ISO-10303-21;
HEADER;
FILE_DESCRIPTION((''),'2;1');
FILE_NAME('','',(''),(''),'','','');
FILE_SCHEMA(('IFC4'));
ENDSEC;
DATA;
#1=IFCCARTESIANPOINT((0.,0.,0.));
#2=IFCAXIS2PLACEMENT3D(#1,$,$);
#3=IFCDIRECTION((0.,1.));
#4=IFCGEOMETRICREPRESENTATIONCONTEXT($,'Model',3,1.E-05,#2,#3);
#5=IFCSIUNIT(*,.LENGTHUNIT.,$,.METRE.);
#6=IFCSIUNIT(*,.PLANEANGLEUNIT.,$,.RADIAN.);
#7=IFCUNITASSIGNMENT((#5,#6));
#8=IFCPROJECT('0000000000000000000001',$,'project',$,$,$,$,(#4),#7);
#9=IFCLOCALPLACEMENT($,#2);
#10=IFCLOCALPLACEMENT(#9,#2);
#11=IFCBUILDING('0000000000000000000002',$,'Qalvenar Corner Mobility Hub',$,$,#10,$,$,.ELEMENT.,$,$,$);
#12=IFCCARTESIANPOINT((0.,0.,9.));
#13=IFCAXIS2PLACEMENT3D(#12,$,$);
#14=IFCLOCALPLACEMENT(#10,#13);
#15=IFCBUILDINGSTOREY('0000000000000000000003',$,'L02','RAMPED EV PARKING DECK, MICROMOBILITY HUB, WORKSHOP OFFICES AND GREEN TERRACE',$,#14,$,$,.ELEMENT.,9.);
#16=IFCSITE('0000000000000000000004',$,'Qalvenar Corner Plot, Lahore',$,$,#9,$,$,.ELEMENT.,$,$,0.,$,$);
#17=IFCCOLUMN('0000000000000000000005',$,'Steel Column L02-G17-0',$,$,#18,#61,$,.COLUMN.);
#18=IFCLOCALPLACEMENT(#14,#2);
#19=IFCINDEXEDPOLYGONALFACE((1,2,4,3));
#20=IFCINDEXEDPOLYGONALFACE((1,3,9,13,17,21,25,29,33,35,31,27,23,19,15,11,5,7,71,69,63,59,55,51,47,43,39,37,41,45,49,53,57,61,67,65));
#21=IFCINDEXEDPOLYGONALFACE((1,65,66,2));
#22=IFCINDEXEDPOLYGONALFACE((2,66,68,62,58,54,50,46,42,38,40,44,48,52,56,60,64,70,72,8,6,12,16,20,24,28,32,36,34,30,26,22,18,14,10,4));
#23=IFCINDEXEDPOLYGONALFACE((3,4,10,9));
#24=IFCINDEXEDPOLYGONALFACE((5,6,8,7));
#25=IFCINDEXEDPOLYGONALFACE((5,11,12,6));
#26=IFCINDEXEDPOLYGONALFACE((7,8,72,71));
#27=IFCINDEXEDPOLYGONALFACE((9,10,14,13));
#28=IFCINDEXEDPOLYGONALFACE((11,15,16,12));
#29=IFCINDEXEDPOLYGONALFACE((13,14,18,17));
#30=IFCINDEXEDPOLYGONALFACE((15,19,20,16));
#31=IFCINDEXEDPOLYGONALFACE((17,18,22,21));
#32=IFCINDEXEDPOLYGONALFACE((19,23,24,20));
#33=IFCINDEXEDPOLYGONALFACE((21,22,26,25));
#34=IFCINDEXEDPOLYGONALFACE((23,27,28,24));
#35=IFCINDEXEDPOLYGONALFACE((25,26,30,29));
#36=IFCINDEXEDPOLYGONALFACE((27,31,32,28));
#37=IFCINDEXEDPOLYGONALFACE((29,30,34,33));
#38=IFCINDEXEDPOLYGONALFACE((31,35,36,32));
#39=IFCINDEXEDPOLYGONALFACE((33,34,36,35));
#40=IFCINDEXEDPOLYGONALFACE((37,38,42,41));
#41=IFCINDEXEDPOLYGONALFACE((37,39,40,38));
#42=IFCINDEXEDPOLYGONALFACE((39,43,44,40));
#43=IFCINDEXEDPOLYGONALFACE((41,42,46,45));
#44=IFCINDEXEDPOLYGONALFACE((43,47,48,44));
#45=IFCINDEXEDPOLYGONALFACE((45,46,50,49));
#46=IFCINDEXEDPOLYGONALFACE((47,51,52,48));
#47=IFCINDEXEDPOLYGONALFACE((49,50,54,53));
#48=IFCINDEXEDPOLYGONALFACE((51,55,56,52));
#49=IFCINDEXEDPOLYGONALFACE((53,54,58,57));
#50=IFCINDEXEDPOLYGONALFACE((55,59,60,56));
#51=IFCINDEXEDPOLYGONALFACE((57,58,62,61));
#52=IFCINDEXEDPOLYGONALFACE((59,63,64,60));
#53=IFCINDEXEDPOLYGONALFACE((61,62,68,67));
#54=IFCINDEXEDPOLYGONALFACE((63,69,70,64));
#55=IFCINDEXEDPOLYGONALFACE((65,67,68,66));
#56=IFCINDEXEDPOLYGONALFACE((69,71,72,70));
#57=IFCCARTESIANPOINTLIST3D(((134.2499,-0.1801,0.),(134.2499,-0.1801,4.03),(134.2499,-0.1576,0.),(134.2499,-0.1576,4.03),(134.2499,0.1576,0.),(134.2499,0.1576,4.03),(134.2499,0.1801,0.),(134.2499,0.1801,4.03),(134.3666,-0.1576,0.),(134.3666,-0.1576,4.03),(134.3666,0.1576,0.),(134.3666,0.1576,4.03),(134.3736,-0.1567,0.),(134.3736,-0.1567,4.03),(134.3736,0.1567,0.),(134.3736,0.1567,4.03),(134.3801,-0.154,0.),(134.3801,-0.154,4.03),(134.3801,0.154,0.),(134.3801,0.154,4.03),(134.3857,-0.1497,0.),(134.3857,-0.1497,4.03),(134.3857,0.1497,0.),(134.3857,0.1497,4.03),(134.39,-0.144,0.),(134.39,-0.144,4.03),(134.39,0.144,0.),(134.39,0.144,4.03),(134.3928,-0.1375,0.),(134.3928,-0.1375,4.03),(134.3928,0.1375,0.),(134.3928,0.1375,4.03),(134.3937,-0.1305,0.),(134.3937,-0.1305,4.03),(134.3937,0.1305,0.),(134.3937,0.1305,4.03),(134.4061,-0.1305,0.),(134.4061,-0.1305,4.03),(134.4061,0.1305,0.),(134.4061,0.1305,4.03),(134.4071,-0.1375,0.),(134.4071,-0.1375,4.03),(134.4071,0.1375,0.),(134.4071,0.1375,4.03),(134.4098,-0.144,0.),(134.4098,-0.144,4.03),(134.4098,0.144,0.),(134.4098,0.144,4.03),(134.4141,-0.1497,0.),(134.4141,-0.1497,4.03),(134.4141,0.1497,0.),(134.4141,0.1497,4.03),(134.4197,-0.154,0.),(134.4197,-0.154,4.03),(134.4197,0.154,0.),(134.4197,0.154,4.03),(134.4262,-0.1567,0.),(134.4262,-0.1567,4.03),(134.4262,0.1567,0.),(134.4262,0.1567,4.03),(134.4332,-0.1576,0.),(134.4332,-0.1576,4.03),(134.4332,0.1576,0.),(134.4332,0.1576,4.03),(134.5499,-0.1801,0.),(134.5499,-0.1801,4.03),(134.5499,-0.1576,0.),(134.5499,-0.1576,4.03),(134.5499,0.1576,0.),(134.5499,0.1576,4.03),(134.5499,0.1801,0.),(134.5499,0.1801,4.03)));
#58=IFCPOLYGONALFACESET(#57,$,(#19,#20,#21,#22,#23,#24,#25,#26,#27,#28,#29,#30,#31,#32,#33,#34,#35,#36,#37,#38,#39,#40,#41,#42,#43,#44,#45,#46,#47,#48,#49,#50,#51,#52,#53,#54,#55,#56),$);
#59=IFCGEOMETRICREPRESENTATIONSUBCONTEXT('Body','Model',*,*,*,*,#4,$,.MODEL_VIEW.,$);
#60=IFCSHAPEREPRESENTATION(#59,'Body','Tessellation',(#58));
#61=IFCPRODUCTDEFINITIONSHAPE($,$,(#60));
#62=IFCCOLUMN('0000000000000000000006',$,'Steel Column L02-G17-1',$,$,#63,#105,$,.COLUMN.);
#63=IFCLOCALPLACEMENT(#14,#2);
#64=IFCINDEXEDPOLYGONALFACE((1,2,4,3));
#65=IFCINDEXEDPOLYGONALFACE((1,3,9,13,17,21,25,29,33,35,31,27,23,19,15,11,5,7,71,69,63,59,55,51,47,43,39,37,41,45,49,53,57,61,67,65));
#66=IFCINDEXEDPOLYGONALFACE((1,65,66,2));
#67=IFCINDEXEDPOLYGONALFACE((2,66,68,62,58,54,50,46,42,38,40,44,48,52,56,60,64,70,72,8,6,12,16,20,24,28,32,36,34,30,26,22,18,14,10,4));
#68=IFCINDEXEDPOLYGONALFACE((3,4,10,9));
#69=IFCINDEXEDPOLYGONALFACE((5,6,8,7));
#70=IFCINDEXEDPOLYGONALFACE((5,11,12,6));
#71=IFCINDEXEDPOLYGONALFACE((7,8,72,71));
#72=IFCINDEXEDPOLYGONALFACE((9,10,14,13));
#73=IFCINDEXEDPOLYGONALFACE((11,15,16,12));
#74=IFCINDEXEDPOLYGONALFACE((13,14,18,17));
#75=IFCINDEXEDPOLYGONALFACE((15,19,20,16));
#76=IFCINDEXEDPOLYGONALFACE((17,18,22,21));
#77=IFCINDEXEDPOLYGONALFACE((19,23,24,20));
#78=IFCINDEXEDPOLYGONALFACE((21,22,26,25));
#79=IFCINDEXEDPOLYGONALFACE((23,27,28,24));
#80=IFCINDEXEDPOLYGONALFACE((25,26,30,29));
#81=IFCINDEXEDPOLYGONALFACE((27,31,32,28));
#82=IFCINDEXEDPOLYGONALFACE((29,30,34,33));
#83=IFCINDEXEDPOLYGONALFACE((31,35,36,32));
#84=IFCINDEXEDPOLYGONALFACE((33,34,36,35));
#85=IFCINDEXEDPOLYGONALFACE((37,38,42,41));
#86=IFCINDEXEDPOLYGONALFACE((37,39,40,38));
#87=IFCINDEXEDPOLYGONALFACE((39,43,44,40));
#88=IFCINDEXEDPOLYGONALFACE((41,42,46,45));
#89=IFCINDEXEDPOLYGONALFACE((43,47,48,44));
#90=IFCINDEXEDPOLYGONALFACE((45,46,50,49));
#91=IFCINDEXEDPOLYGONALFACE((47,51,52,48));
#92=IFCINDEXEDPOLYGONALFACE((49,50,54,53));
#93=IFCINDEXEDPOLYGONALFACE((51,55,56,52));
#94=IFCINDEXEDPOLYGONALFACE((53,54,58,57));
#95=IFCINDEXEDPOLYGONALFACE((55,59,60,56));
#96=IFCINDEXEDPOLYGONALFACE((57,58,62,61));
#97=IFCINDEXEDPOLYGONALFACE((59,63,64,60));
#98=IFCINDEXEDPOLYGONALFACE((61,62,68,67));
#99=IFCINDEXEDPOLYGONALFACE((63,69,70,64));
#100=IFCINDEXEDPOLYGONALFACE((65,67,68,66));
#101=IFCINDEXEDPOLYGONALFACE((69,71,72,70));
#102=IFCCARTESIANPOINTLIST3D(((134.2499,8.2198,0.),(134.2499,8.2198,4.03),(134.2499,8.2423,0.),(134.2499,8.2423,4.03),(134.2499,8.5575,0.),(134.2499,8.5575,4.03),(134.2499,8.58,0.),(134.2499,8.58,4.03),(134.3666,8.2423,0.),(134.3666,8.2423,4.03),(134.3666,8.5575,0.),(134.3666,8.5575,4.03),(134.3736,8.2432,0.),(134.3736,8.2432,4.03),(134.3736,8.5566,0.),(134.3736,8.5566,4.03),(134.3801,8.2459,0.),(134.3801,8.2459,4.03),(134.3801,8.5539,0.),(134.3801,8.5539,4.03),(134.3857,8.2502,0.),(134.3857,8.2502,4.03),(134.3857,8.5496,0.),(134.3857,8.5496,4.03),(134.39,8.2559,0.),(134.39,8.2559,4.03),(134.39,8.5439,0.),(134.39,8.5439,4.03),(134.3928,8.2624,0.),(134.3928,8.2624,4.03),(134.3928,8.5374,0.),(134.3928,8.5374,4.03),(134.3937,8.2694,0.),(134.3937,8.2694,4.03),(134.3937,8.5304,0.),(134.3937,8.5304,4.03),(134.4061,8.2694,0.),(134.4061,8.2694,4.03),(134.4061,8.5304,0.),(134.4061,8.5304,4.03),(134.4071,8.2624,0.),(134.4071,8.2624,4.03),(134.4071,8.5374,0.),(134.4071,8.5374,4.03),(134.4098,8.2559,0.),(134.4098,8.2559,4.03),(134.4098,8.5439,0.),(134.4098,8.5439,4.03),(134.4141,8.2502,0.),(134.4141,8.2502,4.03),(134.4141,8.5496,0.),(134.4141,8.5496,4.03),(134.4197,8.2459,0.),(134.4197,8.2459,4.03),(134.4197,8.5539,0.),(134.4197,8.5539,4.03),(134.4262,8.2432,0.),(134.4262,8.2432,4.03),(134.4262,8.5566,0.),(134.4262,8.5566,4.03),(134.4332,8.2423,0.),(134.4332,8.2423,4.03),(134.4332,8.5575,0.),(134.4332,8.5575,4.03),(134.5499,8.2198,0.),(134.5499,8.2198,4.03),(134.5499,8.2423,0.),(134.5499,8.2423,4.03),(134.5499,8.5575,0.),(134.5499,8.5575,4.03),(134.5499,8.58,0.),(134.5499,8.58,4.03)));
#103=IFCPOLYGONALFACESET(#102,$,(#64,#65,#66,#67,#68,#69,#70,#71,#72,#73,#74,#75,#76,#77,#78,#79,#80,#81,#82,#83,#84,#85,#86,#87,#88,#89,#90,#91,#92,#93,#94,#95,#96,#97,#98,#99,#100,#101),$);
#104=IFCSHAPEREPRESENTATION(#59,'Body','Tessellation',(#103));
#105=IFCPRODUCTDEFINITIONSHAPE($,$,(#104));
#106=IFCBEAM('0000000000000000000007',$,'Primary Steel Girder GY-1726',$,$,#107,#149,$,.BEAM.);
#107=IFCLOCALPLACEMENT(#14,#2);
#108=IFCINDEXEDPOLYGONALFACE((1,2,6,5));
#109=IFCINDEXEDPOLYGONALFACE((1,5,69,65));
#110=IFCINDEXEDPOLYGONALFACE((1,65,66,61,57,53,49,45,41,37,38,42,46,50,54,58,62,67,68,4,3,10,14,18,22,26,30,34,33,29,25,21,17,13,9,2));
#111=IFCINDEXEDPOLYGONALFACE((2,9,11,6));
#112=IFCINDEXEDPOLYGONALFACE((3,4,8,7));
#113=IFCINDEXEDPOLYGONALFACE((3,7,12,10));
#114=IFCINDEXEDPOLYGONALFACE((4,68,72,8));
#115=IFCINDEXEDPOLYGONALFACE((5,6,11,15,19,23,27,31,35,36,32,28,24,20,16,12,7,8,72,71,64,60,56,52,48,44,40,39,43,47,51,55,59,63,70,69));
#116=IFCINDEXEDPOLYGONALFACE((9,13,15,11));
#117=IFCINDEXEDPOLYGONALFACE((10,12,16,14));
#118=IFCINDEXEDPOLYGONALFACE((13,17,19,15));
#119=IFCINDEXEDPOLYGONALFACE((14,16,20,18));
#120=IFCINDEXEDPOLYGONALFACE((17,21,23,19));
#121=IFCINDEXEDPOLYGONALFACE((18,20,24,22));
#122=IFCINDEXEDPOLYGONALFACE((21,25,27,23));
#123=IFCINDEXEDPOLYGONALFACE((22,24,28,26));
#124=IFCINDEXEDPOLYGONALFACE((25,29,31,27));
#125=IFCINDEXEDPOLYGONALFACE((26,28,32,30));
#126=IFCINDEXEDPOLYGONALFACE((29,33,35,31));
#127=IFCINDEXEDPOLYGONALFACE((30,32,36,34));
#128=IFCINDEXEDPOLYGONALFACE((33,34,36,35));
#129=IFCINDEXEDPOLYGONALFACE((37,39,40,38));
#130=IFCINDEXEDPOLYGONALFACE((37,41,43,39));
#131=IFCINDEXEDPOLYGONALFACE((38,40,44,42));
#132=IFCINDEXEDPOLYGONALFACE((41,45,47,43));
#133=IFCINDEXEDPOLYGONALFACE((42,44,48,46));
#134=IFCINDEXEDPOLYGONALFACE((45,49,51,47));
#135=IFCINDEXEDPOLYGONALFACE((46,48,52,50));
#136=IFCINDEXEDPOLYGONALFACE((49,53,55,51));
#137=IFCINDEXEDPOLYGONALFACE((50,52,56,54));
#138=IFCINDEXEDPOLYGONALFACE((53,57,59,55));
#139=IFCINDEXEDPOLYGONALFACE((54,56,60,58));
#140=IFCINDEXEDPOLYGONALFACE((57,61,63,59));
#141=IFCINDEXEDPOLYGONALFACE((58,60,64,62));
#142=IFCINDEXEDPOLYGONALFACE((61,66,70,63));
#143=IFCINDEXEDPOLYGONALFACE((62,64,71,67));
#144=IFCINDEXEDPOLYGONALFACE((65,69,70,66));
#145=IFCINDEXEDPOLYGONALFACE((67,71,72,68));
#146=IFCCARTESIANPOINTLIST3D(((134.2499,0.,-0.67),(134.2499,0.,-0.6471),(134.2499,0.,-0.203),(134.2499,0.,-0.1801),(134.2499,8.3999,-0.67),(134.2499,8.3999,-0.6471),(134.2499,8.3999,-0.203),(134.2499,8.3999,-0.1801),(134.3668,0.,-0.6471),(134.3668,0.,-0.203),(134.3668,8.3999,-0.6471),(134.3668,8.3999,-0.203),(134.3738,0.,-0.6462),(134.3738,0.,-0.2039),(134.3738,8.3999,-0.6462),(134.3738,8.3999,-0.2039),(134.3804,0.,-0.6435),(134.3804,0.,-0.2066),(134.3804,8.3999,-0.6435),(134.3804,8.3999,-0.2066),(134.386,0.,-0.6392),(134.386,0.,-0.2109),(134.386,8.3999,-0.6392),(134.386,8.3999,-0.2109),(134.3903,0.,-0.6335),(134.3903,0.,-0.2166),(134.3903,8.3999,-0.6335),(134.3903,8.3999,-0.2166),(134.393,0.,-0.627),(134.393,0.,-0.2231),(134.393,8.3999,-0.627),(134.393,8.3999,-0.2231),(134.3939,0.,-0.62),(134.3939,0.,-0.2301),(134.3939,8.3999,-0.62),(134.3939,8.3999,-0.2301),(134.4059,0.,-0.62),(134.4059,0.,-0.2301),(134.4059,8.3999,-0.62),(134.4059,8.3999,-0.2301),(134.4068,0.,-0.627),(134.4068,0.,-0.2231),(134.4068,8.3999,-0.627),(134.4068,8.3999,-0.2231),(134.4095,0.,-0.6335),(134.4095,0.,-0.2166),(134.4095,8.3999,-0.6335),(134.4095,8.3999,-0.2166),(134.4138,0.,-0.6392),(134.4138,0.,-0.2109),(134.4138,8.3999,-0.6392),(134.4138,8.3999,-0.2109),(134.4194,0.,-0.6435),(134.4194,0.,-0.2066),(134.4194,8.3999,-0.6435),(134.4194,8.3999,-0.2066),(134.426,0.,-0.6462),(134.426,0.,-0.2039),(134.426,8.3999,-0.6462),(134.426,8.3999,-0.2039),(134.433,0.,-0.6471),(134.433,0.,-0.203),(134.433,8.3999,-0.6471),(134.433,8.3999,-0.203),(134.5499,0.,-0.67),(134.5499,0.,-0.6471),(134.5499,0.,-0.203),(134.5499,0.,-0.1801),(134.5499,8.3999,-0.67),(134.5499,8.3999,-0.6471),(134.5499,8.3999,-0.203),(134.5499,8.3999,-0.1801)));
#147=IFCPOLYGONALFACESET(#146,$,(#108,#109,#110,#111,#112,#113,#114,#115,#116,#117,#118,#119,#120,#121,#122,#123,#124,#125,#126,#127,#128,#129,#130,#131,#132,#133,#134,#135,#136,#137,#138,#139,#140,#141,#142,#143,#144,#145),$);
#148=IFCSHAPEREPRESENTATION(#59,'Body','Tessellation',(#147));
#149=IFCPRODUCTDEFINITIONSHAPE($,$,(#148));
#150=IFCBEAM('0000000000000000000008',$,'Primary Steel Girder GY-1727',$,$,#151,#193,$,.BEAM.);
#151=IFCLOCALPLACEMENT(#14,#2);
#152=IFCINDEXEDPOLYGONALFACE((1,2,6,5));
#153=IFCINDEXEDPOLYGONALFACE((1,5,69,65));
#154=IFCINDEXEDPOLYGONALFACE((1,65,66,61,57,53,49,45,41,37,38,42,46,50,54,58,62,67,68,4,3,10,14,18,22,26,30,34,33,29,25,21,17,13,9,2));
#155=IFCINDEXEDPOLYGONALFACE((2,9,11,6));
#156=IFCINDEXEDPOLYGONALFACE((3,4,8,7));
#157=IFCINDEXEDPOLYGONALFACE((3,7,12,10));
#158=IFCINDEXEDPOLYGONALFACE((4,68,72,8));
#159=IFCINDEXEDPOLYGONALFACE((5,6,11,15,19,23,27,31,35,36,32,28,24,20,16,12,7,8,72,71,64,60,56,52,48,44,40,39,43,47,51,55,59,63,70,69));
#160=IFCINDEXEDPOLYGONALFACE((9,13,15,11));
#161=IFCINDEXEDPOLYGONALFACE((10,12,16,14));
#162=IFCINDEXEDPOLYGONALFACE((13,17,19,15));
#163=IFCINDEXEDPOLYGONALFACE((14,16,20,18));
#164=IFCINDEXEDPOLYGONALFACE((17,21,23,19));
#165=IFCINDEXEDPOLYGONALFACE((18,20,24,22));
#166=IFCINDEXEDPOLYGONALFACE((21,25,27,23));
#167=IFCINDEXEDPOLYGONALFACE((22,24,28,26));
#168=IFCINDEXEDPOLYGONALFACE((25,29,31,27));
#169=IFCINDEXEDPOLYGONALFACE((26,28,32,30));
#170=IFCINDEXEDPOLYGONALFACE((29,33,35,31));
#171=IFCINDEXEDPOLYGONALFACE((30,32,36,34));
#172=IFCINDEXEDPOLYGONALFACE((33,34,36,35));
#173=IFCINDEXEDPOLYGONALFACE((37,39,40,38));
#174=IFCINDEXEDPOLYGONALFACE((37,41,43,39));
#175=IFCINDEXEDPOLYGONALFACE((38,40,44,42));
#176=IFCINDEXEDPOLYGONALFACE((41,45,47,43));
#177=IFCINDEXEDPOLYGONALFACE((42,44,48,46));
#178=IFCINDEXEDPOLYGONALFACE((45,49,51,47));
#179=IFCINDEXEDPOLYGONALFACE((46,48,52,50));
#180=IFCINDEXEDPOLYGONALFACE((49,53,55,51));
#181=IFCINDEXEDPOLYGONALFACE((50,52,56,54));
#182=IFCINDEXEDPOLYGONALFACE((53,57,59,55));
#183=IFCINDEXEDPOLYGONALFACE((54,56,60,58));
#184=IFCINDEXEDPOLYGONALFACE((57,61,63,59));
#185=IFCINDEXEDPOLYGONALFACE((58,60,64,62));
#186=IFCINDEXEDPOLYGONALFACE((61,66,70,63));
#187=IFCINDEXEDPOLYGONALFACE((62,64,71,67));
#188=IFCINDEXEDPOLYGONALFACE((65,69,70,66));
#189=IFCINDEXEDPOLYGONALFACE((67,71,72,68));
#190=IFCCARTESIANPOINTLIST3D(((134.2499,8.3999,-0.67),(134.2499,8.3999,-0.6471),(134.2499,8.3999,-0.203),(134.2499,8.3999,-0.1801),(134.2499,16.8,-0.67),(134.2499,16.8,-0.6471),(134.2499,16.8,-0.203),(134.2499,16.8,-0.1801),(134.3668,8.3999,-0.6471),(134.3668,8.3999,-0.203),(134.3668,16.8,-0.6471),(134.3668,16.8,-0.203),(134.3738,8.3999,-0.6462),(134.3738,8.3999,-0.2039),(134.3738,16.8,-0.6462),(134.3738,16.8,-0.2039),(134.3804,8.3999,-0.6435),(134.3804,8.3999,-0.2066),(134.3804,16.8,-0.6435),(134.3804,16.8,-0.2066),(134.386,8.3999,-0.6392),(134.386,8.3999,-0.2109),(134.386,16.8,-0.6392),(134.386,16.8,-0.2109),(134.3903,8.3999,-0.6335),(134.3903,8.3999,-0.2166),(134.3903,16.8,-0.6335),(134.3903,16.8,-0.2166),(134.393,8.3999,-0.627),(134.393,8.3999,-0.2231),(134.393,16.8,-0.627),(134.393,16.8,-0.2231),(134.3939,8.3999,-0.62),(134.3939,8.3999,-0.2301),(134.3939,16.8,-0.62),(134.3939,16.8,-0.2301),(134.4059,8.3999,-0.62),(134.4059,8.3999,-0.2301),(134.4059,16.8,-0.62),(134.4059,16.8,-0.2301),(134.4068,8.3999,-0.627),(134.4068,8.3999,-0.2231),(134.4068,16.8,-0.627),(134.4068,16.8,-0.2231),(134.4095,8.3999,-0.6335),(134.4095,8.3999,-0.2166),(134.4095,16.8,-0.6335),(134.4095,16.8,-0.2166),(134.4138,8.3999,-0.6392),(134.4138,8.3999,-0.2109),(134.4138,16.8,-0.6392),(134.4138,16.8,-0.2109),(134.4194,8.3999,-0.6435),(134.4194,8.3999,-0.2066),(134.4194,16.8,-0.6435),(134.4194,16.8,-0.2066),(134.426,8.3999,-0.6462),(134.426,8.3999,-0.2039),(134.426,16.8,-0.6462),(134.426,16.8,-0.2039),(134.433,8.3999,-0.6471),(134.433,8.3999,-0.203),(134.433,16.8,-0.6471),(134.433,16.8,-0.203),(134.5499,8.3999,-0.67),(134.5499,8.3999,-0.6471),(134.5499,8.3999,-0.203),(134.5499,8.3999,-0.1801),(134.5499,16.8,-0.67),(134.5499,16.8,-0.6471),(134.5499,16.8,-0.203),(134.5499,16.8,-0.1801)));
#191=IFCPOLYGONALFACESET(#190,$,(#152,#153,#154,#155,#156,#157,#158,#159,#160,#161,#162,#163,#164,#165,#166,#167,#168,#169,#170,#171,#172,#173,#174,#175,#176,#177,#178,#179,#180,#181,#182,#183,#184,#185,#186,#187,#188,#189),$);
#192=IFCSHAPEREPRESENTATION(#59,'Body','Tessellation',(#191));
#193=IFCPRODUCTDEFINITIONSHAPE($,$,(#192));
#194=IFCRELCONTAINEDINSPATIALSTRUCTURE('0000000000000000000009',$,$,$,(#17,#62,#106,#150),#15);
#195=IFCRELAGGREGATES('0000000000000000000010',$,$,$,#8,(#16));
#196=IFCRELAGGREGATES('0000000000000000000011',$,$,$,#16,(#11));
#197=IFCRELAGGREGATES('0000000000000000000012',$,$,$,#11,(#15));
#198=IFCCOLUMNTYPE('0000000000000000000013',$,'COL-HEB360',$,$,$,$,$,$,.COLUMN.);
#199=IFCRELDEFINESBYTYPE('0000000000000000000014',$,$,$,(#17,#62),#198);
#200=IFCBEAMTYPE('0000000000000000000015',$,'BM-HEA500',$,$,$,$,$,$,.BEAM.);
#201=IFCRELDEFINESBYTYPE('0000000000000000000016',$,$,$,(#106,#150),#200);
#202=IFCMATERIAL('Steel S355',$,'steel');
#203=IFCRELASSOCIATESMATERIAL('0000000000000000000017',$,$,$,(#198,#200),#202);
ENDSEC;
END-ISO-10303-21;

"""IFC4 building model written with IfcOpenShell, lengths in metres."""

from ifc_helpers import new_model, si_unit, direction, frame, origin, origin_2d, place, context, subcontext, project, spatial, i_section, extrude, material, material_profile, profile_set, type_object, element, save


model = new_model("IFC4")

# Units and contexts
model_context = context("Model", 3, precision=1e-05, world=origin(), true_north=direction((0.0, 1.0)))
body_context = subcontext(model_context, "Body", "Model", "MODEL_VIEW")
ifc_project = project(units=[si_unit("LENGTHUNIT", "METRE"), si_unit("PLANEANGLEUNIT", "RADIAN")], contexts=[model_context])

# Site, building, storey
site_placement = place(None, origin())
site = spatial("IfcSite", under=ifc_project, at=site_placement, Name="Qalvenar Corner Plot, Lahore", CompositionType="ELEMENT", RefElevation=0.0)
building_placement = place(site_placement, origin())
building = spatial("IfcBuilding", under=site, at=building_placement, Name="Qalvenar Corner Mobility Hub", CompositionType="ELEMENT")
storey_placement = place(building_placement, frame((0.0, 0.0, 9.0)))
storey = spatial("IfcBuildingStorey", under=building, at=storey_placement, Name="L02", Description="RAMPED EV PARKING DECK, MICROMOBILITY HUB, WORKSHOP OFFICES AND GREEN TERRACE", CompositionType="ELEMENT", Elevation=9.0)

# Columns
ifc_material_1 = material(Name="Steel S355", Category="steel")
ifc_material_profile_1 = material_profile(ifc_material_1, i_section(OverallWidth=0.3, OverallDepth=0.3601, WebThickness=0.0125, FlangeThickness=0.0225, FilletRadius=0.0271, at=origin_2d()), Name="HEB360")
ifc_profile_set_1 = profile_set([ifc_material_profile_1], Name="Steel S355")
column_type = type_object("IfcColumnType", Name="COL-HEB360", PredefinedType="COLUMN", material=ifc_profile_set_1)
for number, where, z_axis, x_axis, name in (
    (1, (134.3999, 0.0, 0.0), (0.0, 0.0, 1.0), (1.0, 0.0, 0.0), "Steel Column L02-G17-0"),
    (2, (134.3999, 8.3999, 0.0), (0.0, 0.0, 1.0), (1.0, 0.0, 0.0), "Steel Column L02-G17-1"),
):
    element("IfcColumn", number, at=place(storey_placement, frame(where, z_axis=z_axis, x_axis=x_axis)), inside=storey, type_object=column_type, Name=name, PredefinedType="COLUMN", context=body_context, shape_type="SweptSolid", body=[
        extrude(i_section(OverallWidth=0.3, OverallDepth=0.3601, WebThickness=0.0125, FlangeThickness=0.0225, FilletRadius=0.0271, at=origin_2d()), origin(), (0.0, 0.0, 1.0), 4.03),
    ])

# Beams
ifc_material_profile_2 = material_profile(ifc_material_1, i_section(OverallWidth=0.3, OverallDepth=0.49, WebThickness=0.012, FlangeThickness=0.0229, FilletRadius=0.0271, at=origin_2d()), Name="HEA500")
ifc_profile_set_2 = profile_set([ifc_material_profile_2], Name="Steel S355")
beam_type_1 = type_object("IfcBeamType", Name="BM-HEA500", PredefinedType="BEAM", material=ifc_profile_set_2)
beam_1_placement = place(storey_placement, frame((134.3999, 0.0, -0.425), z_axis=(0.0, 1.0, 0.0), x_axis=(-1.0, 0.0, 0.0)))
element("IfcBeam", 3, at=beam_1_placement, inside=storey, type_object=beam_type_1, Name="Primary Steel Girder GY-1726", PredefinedType="BEAM", context=body_context, shape_type="SweptSolid", body=[
    extrude(i_section(OverallWidth=0.3, OverallDepth=0.49, WebThickness=0.012, FlangeThickness=0.0229, FilletRadius=0.0271, at=origin_2d()), origin(), (0.0, 0.0, 1.0), 8.3999),
])
beam_2_placement = place(storey_placement, frame((134.3999, 8.3999, -0.425), z_axis=(0.0, 1.0, 0.0), x_axis=(-1.0, 0.0, 0.0)))
element("IfcBeam", 4, at=beam_2_placement, inside=storey, type_object=beam_type_1, Name="Primary Steel Girder GY-1727", PredefinedType="BEAM", context=body_context, shape_type="SweptSolid", body=[
    extrude(i_section(OverallWidth=0.3, OverallDepth=0.49, WebThickness=0.012, FlangeThickness=0.0229, FilletRadius=0.0271, at=origin_2d()), origin(), (0.0, 0.0, 1.0), 8.4001),
])

save(model, "model.ifc")
